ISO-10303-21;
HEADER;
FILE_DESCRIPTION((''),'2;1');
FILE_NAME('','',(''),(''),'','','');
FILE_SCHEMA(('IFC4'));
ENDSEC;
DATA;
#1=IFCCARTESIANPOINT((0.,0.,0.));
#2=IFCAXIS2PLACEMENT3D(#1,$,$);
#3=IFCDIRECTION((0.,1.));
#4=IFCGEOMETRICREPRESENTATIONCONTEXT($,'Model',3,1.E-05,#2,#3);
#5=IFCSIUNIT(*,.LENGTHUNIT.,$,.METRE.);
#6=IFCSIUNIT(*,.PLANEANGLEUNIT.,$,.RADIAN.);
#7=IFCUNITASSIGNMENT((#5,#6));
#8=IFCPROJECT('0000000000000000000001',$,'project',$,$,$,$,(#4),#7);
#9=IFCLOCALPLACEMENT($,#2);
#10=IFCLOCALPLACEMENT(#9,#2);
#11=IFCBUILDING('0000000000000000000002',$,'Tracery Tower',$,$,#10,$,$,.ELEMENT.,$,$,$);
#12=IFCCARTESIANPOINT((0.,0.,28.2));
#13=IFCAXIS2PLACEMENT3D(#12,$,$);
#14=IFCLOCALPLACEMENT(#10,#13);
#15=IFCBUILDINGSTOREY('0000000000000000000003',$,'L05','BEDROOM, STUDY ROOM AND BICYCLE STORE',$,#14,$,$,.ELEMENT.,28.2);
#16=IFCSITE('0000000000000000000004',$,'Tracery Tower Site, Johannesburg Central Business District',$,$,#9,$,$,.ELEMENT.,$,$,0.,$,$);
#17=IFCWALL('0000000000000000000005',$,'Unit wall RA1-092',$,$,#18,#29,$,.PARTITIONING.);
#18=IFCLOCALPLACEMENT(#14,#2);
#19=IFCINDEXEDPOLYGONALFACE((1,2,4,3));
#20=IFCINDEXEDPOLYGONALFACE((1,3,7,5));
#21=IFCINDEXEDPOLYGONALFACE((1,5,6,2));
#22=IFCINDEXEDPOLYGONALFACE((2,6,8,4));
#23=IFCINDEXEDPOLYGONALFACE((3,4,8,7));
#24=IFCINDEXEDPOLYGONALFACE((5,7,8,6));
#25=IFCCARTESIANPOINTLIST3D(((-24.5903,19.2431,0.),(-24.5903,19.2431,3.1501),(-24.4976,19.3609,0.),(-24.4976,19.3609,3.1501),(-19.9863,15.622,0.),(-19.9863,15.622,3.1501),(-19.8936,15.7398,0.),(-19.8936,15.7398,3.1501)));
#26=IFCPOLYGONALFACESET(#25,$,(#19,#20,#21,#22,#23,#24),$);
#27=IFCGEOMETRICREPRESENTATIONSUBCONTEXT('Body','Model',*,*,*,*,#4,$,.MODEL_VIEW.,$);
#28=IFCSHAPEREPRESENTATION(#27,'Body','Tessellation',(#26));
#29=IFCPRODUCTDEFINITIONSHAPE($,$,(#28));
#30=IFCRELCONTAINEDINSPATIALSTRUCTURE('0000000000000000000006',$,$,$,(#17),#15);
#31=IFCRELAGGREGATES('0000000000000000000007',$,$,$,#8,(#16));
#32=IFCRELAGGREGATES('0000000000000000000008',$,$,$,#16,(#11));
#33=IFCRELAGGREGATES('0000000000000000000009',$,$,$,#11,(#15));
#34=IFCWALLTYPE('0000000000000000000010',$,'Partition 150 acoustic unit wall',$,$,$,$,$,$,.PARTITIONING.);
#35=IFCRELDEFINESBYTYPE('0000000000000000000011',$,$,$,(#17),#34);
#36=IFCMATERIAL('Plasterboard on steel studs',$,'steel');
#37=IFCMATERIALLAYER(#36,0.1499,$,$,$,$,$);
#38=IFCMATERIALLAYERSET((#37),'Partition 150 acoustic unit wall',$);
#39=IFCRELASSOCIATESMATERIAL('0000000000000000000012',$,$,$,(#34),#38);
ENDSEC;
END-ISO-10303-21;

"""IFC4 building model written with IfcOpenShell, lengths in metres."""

from ifc_helpers import new_model, si_unit, direction, frame, frame_2d, origin, place, context, subcontext, project, spatial, rectangle, extrude, material, layer, layer_set, type_object, element, save


model = new_model("IFC4")

# Units and contexts
model_context = context("Model", 3, precision=1e-05, world=origin(), true_north=direction((0.0, 1.0)))
body_context = subcontext(model_context, "Body", "Model", "MODEL_VIEW")
ifc_project = project(units=[si_unit("LENGTHUNIT", "METRE"), si_unit("PLANEANGLEUNIT", "RADIAN")], contexts=[model_context])

# Site, building, storey
site_placement = place(None, origin())
site = spatial("IfcSite", under=ifc_project, at=site_placement, Name="Tracery Tower Site, Johannesburg Central Business District", CompositionType="ELEMENT", RefElevation=0.0)
building_placement = place(site_placement, origin())
building = spatial("IfcBuilding", under=site, at=building_placement, Name="Tracery Tower", CompositionType="ELEMENT")
storey_placement = place(building_placement, frame((0.0, 0.0, 28.2)))
storey = spatial("IfcBuildingStorey", under=building, at=storey_placement, Name="L05", Description="BEDROOM, STUDY ROOM AND BICYCLE STORE", CompositionType="ELEMENT", Elevation=28.2)

# Wall
ifc_material_1 = material(Name="Plasterboard on steel studs", Category="steel")
ifc_layer_1 = layer(ifc_material_1, 0.1499)
ifc_layer_set_1 = layer_set([ifc_layer_1], Name="Partition 150 acoustic unit wall")
wall_type_1 = type_object("IfcWallType", Name="Partition 150 acoustic unit wall", PredefinedType="PARTITIONING", material=ifc_layer_set_1)
wall_1_placement = place(storey_placement, frame((-24.5439, 19.302, 0.0), z_axis=(0.0, 0.0, 1.0), x_axis=(0.786015, -0.618208, 0.0)))
element("IfcWall", 1, at=wall_1_placement, inside=storey, type_object=wall_type_1, Name="Unit wall RA1-092", PredefinedType="PARTITIONING", context=body_context, shape_type="SweptSolid", body=[
    extrude(rectangle(XDim=5.8574, YDim=0.1499, at=frame_2d((2.9287, 0.0))), origin(), (0.0, 0.0, 1.0), 3.1501),
])

save(model, "model.ifc")
